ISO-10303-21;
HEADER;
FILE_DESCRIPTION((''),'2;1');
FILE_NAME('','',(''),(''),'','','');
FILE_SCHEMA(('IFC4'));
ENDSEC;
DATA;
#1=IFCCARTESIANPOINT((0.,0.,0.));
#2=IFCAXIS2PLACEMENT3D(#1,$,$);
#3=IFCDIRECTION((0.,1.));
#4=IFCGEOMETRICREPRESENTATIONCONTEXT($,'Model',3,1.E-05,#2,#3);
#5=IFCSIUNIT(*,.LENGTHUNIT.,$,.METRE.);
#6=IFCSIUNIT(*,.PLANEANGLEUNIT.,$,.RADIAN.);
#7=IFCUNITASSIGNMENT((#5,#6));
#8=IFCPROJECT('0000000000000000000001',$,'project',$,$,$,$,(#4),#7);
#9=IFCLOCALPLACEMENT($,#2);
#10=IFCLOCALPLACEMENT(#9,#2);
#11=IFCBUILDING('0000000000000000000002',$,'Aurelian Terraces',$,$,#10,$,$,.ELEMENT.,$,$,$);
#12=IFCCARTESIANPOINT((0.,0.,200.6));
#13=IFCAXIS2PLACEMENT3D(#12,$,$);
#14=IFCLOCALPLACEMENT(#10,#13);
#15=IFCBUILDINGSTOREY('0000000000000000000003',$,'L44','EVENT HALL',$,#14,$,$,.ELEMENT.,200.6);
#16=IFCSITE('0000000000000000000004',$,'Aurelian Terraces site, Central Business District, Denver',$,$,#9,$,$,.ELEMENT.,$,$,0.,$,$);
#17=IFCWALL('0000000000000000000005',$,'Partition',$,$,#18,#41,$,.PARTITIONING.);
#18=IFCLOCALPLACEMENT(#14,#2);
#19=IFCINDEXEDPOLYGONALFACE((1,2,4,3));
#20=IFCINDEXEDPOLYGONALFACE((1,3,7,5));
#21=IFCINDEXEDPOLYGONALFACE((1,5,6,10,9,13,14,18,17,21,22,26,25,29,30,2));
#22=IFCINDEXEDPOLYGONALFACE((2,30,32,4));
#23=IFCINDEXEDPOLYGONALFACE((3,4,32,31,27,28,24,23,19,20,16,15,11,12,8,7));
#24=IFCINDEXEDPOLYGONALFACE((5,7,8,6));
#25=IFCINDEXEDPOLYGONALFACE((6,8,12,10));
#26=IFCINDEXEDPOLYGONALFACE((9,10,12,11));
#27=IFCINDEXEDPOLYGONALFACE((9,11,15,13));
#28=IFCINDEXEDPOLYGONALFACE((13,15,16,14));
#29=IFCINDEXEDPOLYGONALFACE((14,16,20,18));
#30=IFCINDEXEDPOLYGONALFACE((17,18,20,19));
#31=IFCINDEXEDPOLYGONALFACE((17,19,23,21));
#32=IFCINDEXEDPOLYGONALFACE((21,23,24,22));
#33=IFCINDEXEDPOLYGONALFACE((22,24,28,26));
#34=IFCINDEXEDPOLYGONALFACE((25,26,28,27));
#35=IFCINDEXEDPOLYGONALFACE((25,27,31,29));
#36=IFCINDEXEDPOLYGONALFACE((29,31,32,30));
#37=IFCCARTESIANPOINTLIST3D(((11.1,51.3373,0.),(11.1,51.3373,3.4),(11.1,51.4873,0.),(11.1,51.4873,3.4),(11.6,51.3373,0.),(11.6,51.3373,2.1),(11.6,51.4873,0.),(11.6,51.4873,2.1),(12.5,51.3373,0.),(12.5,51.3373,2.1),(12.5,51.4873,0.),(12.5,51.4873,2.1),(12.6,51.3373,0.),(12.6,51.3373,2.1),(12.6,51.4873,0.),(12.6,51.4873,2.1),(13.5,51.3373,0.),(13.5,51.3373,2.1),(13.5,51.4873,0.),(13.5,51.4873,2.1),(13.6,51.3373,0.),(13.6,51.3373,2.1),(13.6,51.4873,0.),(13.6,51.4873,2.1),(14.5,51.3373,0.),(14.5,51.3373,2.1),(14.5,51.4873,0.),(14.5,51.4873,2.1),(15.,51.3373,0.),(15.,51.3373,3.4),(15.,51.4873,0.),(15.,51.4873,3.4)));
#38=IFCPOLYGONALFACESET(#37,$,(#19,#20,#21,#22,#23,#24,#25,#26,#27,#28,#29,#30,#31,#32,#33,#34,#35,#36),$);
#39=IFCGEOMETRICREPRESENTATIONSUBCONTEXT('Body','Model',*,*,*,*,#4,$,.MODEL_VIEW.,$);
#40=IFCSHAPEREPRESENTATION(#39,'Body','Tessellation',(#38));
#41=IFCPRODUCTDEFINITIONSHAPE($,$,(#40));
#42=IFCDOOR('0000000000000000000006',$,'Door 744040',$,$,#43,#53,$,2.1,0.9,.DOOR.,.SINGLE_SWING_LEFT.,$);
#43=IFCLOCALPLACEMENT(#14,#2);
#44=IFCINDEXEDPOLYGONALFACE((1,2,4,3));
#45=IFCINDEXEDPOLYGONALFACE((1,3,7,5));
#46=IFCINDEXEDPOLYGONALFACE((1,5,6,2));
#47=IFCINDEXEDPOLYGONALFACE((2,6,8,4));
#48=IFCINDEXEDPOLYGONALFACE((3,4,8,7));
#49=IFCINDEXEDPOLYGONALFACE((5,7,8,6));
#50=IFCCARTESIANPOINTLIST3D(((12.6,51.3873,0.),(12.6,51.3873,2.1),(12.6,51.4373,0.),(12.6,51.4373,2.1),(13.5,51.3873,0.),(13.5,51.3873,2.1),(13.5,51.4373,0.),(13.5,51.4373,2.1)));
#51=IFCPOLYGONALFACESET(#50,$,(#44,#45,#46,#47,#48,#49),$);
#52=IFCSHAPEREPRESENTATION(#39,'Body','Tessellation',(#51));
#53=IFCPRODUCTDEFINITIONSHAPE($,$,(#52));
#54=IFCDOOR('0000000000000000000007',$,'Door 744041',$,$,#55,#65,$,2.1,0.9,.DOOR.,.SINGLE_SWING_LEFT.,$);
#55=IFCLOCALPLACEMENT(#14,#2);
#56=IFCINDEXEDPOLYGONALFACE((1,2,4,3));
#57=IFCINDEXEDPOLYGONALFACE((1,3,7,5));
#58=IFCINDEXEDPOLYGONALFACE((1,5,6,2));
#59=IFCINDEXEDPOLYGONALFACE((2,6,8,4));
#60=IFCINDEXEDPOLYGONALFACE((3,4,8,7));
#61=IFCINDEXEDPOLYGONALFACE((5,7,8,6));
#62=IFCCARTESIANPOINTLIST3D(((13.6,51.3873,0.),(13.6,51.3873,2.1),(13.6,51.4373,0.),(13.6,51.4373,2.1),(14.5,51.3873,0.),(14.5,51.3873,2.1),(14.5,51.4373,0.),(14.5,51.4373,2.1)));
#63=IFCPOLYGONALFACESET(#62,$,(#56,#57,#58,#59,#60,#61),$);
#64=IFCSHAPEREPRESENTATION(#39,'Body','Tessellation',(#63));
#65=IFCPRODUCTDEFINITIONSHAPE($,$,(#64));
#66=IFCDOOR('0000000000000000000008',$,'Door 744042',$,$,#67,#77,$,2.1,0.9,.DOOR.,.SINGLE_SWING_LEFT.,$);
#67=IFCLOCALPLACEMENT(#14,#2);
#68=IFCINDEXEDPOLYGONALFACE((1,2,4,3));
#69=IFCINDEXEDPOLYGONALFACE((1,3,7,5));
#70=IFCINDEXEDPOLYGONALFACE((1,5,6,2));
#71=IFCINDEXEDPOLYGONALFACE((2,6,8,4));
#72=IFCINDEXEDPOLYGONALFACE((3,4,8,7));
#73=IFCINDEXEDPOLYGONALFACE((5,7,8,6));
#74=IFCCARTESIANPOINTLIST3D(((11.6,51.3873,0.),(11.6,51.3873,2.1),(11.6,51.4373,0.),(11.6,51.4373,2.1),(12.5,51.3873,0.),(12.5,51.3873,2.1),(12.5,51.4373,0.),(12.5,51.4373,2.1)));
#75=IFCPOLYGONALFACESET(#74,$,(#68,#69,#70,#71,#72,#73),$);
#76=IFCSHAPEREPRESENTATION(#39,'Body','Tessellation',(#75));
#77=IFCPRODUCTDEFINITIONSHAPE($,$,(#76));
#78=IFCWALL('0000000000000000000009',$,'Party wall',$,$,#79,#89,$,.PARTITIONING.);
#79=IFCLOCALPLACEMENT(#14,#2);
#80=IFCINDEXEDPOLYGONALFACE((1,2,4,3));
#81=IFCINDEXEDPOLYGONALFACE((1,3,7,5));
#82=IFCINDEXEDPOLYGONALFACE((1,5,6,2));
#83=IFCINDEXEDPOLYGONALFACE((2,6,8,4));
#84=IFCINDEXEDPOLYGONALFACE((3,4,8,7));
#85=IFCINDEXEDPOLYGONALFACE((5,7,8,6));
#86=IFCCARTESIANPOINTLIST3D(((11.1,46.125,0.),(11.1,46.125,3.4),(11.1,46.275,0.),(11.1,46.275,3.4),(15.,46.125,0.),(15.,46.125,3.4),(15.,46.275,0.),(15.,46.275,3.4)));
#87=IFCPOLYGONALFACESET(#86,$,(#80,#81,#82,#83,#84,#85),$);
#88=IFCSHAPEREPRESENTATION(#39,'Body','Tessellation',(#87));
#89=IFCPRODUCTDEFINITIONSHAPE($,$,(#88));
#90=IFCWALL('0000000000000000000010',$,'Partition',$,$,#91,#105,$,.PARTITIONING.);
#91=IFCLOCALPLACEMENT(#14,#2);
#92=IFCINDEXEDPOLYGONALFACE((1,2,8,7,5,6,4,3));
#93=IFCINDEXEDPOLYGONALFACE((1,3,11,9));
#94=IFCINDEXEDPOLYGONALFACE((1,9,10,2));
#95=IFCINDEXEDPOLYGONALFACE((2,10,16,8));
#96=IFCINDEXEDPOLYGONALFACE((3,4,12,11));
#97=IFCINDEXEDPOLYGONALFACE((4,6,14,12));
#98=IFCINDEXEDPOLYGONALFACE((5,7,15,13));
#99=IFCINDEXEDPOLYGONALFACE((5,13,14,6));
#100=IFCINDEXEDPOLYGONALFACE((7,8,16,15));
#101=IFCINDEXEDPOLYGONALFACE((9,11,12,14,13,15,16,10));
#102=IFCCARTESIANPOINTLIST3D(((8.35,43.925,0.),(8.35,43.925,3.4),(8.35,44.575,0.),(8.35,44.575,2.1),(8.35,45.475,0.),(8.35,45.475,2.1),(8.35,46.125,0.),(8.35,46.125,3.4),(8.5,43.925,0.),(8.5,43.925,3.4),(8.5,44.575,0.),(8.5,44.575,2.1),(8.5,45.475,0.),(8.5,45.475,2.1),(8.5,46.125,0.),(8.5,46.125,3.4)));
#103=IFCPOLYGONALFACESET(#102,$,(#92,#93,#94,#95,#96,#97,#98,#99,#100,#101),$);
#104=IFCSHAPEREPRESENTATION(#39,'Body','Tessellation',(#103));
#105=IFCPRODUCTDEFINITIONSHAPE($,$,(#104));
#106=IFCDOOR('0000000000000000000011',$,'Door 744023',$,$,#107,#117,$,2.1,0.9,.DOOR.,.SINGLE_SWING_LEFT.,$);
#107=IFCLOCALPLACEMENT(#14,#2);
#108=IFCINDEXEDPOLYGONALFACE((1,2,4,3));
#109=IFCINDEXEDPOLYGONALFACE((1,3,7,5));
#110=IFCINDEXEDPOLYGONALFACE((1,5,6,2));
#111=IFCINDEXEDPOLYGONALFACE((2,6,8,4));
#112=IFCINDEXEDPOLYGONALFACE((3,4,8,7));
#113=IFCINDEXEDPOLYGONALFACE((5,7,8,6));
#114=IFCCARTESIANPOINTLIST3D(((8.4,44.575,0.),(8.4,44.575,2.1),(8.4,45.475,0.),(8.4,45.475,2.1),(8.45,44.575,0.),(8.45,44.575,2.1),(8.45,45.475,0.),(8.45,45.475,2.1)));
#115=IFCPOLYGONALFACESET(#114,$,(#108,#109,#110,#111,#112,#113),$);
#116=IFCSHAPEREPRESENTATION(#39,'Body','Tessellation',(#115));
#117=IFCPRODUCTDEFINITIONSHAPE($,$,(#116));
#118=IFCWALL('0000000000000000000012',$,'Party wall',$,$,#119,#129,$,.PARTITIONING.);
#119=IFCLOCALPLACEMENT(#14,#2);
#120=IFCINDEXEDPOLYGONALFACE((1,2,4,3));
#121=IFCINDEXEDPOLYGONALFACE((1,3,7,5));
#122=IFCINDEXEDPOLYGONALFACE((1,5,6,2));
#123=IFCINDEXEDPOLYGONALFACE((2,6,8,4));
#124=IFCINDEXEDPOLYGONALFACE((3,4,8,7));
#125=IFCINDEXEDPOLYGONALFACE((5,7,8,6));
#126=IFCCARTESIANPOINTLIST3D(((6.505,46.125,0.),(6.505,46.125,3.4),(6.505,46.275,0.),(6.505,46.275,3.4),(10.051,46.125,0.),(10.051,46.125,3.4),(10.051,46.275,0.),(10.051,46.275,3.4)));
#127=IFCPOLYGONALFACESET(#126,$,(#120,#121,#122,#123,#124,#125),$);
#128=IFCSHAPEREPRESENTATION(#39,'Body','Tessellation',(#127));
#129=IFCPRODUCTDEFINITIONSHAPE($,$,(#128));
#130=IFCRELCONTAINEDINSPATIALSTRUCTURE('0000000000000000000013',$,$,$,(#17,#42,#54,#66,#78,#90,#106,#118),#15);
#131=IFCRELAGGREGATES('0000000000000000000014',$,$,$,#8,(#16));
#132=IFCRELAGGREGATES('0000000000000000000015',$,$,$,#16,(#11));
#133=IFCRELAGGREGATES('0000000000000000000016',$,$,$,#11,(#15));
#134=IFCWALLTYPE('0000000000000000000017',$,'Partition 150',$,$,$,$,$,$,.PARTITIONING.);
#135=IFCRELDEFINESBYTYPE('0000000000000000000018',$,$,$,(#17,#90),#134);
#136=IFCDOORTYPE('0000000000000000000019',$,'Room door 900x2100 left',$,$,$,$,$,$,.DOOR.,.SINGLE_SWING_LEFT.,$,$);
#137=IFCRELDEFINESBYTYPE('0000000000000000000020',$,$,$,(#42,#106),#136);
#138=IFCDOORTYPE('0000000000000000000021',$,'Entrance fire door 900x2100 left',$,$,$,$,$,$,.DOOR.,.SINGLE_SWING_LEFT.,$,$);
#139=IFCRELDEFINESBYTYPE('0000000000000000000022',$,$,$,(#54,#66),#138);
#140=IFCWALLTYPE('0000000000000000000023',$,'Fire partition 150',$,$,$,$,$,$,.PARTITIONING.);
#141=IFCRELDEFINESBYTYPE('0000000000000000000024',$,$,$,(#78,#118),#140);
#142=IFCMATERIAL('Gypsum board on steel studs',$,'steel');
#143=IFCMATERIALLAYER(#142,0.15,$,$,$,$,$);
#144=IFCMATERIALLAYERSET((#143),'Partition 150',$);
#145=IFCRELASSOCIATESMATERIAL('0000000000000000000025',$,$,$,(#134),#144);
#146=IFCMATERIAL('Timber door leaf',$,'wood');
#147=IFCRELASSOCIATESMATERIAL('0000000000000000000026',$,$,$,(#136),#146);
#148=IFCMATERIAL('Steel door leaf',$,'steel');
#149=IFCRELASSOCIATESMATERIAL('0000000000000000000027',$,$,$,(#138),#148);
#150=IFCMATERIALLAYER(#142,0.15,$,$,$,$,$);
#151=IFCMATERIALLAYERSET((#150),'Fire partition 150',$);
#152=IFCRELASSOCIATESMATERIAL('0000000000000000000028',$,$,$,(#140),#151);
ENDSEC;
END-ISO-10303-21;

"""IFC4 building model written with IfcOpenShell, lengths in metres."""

from ifc_helpers import new_model, si_unit, direction, frame, frame_2d, origin, place, context, subcontext, project, spatial, rectangle, extrude, source, transform, mapped, material, layer, layer_set, type_object, element, fill, save


model = new_model("IFC4")

# Units and contexts
model_context = context("Model", 3, precision=1e-05, world=origin(), true_north=direction((0.0, 1.0)))
body_context = subcontext(model_context, "Body", "Model", "MODEL_VIEW")
ifc_project = project(units=[si_unit("LENGTHUNIT", "METRE"), si_unit("PLANEANGLEUNIT", "RADIAN")], contexts=[model_context])

# Site, building, storey
site_placement = place(None, origin())
site = spatial("IfcSite", under=ifc_project, at=site_placement, Name="Aurelian Terraces site, Central Business District, Denver", CompositionType="ELEMENT", RefElevation=0.0)
building_placement = place(site_placement, origin())
building = spatial("IfcBuilding", under=site, at=building_placement, Name="Aurelian Terraces", CompositionType="ELEMENT")
storey_placement = place(building_placement, frame((0.0, 0.0, 200.6)))
storey = spatial("IfcBuildingStorey", under=building, at=storey_placement, Name="L44", Description="EVENT HALL", CompositionType="ELEMENT", Elevation=200.6)

# Shared definitions
ifc_material_1 = material(Name="Gypsum board on steel studs", Category="steel")
ifc_layer_1 = layer(ifc_material_1, 0.15)
ifc_layer_set_1 = layer_set([ifc_layer_1], Name="Partition 150")
wall_type_1 = type_object("IfcWallType", Name="Partition 150", PredefinedType="PARTITIONING", material=ifc_layer_set_1)
shared_shape_1 = source(origin(), body_context, "Body", "SweptSolid", [
    extrude(rectangle(XDim=3.9, YDim=0.15, at=frame_2d((1.95, 0.0))), origin(), (0.0, 0.0, 1.0), 3.4),
])

# Wall, openings, doors
wall_1_placement = place(storey_placement, frame((15.0, 51.4123, 0.0), z_axis=(0.0, 0.0, 1.0), x_axis=(-1.0, 0.0, 0.0)))
wall_1 = element("IfcWall", 1, at=wall_1_placement, inside=storey, type_object=wall_type_1, Name="Partition", PredefinedType="PARTITIONING", context=body_context, shape_type="MappedRepresentation", body=[
    mapped(shared_shape_1, transform((0.0, 0.0, 0.0), scale=1.0)),
])
shared_shape_2 = source(origin(), body_context, "Body", "SweptSolid", [
    extrude(rectangle(XDim=0.9, YDim=2.1, at=frame_2d((0.45, 1.05))), frame((0.0, 0.085, 0.0), z_axis=(0.0, -1.0, 0.0), x_axis=(1.0, 0.0, 0.0)), (0.0, 0.0, 1.0), 0.17),
])
opening_1_placement = place(wall_1_placement, frame((1.5, 0.0, 0.0)))
opening_1 = element("IfcOpeningElement", 2, at=opening_1_placement, cuts=wall_1, PredefinedType="OPENING", context=body_context, shape_type="MappedRepresentation", body=[
    mapped(shared_shape_2, transform((0.0, 0.0, 0.0), scale=1.0)),
])
opening_2_placement = place(wall_1_placement, frame((0.5, 0.0, 0.0)))
opening_2 = element("IfcOpeningElement", 3, at=opening_2_placement, cuts=wall_1, PredefinedType="OPENING", context=body_context, shape_type="MappedRepresentation", body=[
    mapped(shared_shape_2, transform((0.0, 0.0, 0.0), scale=1.0)),
])
opening_3_placement = place(wall_1_placement, frame((2.5, 0.0, 0.0)))
opening_3 = element("IfcOpeningElement", 4, at=opening_3_placement, cuts=wall_1, PredefinedType="OPENING", context=body_context, shape_type="MappedRepresentation", body=[
    mapped(shared_shape_2, transform((0.0, 0.0, 0.0), scale=1.0)),
])
ifc_material_2 = material(Name="Timber door leaf", Category="wood")
door_type_1 = type_object("IfcDoorType", Name="Room door 900x2100 left", OperationType="SINGLE_SWING_LEFT", PredefinedType="DOOR", material=ifc_material_2)
shared_shape_3 = source(origin(), body_context, "Body", "SweptSolid", [
    extrude(rectangle(XDim=0.9, YDim=2.1, at=frame_2d((0.45, 1.05))), frame((0.0, 0.025, 0.0), z_axis=(0.0, -1.0, 0.0), x_axis=(1.0, 0.0, 0.0)), (0.0, 0.0, 1.0), 0.05),
])
door_1_placement = place(opening_1_placement, origin())
door_1 = element("IfcDoor", 5, at=door_1_placement, inside=storey, type_object=door_type_1, Name="Door 744040", OperationType="SINGLE_SWING_LEFT", OverallHeight=2.1, OverallWidth=0.9, PredefinedType="DOOR", context=body_context, shape_type="MappedRepresentation", body=[
    mapped(shared_shape_3, transform((0.0, 0.0, 0.0), scale=1.0)),
])
fill(opening_1, door_1)
ifc_material_3 = material(Name="Steel door leaf", Category="steel")
door_type_2 = type_object("IfcDoorType", Name="Entrance fire door 900x2100 left", OperationType="SINGLE_SWING_LEFT", PredefinedType="DOOR", material=ifc_material_3)
door_2_placement = place(opening_2_placement, origin())
door_2 = element("IfcDoor", 6, at=door_2_placement, inside=storey, type_object=door_type_2, Name="Door 744041", OperationType="SINGLE_SWING_LEFT", OverallHeight=2.1, OverallWidth=0.9, PredefinedType="DOOR", context=body_context, shape_type="MappedRepresentation", body=[
    mapped(shared_shape_3, transform((0.0, 0.0, 0.0), scale=1.0)),
])
fill(opening_2, door_2)
door_3_placement = place(opening_3_placement, origin())
door_3 = element("IfcDoor", 7, at=door_3_placement, inside=storey, type_object=door_type_2, Name="Door 744042", OperationType="SINGLE_SWING_LEFT", OverallHeight=2.1, OverallWidth=0.9, PredefinedType="DOOR", context=body_context, shape_type="MappedRepresentation", body=[
    mapped(shared_shape_3, transform((0.0, 0.0, 0.0), scale=1.0)),
])
fill(opening_3, door_3)

# Wall
ifc_layer_2 = layer(ifc_material_1, 0.15)
ifc_layer_set_2 = layer_set([ifc_layer_2], Name="Fire partition 150")
wall_type_2 = type_object("IfcWallType", Name="Fire partition 150", PredefinedType="PARTITIONING", material=ifc_layer_set_2)
wall_2_placement = place(storey_placement, frame((15.0, 46.2, 0.0), z_axis=(0.0, 0.0, 1.0), x_axis=(-1.0, 0.0, 0.0)))
element("IfcWall", 8, at=wall_2_placement, inside=storey, type_object=wall_type_2, Name="Party wall", PredefinedType="PARTITIONING", context=body_context, shape_type="MappedRepresentation", body=[
    mapped(shared_shape_1, transform((0.0, 0.0, 0.0), scale=1.0)),
])

# Wall, opening, door
shared_shape_4 = source(origin(), body_context, "Body", "SweptSolid", [
    extrude(rectangle(XDim=2.2, YDim=0.15, at=frame_2d((1.1, 0.0))), origin(), (0.0, 0.0, 1.0), 3.4),
])
wall_3_placement = place(storey_placement, frame((8.425, 43.925, 0.0), z_axis=(0.0, 0.0, 1.0), x_axis=(0.0, 1.0, 0.0)))
wall_3 = element("IfcWall", 9, at=wall_3_placement, inside=storey, type_object=wall_type_1, Name="Partition", PredefinedType="PARTITIONING", context=body_context, shape_type="MappedRepresentation", body=[
    mapped(shared_shape_4, transform((0.0, 0.0, 0.0), scale=1.0)),
])
opening_4_placement = place(wall_3_placement, frame((0.65, 0.0, 0.0)))
opening_4 = element("IfcOpeningElement", 10, at=opening_4_placement, cuts=wall_3, PredefinedType="OPENING", context=body_context, shape_type="MappedRepresentation", body=[
    mapped(shared_shape_2, transform((0.0, 0.0, 0.0), scale=1.0)),
])
door_4_placement = place(opening_4_placement, origin())
door_4 = element("IfcDoor", 11, at=door_4_placement, inside=storey, type_object=door_type_1, Name="Door 744023", OperationType="SINGLE_SWING_LEFT", OverallHeight=2.1, OverallWidth=0.9, PredefinedType="DOOR", context=body_context, shape_type="MappedRepresentation", body=[
    mapped(shared_shape_3, transform((0.0, 0.0, 0.0), scale=1.0)),
])
fill(opening_4, door_4)

# Wall
shared_shape_5 = source(origin(), body_context, "Body", "SweptSolid", [
    extrude(rectangle(XDim=3.546, YDim=0.15, at=frame_2d((1.773, 0.0))), origin(), (0.0, 0.0, 1.0), 3.4),
])
wall_4_placement = place(storey_placement, frame((10.051, 46.2, 0.0), z_axis=(0.0, 0.0, 1.0), x_axis=(-1.0, 0.0, 0.0)))
element("IfcWall", 12, at=wall_4_placement, inside=storey, type_object=wall_type_2, Name="Party wall", PredefinedType="PARTITIONING", context=body_context, shape_type="MappedRepresentation", body=[
    mapped(shared_shape_5, transform((0.0, 0.0, 0.0), scale=1.0)),
])

save(model, "model.ifc")
